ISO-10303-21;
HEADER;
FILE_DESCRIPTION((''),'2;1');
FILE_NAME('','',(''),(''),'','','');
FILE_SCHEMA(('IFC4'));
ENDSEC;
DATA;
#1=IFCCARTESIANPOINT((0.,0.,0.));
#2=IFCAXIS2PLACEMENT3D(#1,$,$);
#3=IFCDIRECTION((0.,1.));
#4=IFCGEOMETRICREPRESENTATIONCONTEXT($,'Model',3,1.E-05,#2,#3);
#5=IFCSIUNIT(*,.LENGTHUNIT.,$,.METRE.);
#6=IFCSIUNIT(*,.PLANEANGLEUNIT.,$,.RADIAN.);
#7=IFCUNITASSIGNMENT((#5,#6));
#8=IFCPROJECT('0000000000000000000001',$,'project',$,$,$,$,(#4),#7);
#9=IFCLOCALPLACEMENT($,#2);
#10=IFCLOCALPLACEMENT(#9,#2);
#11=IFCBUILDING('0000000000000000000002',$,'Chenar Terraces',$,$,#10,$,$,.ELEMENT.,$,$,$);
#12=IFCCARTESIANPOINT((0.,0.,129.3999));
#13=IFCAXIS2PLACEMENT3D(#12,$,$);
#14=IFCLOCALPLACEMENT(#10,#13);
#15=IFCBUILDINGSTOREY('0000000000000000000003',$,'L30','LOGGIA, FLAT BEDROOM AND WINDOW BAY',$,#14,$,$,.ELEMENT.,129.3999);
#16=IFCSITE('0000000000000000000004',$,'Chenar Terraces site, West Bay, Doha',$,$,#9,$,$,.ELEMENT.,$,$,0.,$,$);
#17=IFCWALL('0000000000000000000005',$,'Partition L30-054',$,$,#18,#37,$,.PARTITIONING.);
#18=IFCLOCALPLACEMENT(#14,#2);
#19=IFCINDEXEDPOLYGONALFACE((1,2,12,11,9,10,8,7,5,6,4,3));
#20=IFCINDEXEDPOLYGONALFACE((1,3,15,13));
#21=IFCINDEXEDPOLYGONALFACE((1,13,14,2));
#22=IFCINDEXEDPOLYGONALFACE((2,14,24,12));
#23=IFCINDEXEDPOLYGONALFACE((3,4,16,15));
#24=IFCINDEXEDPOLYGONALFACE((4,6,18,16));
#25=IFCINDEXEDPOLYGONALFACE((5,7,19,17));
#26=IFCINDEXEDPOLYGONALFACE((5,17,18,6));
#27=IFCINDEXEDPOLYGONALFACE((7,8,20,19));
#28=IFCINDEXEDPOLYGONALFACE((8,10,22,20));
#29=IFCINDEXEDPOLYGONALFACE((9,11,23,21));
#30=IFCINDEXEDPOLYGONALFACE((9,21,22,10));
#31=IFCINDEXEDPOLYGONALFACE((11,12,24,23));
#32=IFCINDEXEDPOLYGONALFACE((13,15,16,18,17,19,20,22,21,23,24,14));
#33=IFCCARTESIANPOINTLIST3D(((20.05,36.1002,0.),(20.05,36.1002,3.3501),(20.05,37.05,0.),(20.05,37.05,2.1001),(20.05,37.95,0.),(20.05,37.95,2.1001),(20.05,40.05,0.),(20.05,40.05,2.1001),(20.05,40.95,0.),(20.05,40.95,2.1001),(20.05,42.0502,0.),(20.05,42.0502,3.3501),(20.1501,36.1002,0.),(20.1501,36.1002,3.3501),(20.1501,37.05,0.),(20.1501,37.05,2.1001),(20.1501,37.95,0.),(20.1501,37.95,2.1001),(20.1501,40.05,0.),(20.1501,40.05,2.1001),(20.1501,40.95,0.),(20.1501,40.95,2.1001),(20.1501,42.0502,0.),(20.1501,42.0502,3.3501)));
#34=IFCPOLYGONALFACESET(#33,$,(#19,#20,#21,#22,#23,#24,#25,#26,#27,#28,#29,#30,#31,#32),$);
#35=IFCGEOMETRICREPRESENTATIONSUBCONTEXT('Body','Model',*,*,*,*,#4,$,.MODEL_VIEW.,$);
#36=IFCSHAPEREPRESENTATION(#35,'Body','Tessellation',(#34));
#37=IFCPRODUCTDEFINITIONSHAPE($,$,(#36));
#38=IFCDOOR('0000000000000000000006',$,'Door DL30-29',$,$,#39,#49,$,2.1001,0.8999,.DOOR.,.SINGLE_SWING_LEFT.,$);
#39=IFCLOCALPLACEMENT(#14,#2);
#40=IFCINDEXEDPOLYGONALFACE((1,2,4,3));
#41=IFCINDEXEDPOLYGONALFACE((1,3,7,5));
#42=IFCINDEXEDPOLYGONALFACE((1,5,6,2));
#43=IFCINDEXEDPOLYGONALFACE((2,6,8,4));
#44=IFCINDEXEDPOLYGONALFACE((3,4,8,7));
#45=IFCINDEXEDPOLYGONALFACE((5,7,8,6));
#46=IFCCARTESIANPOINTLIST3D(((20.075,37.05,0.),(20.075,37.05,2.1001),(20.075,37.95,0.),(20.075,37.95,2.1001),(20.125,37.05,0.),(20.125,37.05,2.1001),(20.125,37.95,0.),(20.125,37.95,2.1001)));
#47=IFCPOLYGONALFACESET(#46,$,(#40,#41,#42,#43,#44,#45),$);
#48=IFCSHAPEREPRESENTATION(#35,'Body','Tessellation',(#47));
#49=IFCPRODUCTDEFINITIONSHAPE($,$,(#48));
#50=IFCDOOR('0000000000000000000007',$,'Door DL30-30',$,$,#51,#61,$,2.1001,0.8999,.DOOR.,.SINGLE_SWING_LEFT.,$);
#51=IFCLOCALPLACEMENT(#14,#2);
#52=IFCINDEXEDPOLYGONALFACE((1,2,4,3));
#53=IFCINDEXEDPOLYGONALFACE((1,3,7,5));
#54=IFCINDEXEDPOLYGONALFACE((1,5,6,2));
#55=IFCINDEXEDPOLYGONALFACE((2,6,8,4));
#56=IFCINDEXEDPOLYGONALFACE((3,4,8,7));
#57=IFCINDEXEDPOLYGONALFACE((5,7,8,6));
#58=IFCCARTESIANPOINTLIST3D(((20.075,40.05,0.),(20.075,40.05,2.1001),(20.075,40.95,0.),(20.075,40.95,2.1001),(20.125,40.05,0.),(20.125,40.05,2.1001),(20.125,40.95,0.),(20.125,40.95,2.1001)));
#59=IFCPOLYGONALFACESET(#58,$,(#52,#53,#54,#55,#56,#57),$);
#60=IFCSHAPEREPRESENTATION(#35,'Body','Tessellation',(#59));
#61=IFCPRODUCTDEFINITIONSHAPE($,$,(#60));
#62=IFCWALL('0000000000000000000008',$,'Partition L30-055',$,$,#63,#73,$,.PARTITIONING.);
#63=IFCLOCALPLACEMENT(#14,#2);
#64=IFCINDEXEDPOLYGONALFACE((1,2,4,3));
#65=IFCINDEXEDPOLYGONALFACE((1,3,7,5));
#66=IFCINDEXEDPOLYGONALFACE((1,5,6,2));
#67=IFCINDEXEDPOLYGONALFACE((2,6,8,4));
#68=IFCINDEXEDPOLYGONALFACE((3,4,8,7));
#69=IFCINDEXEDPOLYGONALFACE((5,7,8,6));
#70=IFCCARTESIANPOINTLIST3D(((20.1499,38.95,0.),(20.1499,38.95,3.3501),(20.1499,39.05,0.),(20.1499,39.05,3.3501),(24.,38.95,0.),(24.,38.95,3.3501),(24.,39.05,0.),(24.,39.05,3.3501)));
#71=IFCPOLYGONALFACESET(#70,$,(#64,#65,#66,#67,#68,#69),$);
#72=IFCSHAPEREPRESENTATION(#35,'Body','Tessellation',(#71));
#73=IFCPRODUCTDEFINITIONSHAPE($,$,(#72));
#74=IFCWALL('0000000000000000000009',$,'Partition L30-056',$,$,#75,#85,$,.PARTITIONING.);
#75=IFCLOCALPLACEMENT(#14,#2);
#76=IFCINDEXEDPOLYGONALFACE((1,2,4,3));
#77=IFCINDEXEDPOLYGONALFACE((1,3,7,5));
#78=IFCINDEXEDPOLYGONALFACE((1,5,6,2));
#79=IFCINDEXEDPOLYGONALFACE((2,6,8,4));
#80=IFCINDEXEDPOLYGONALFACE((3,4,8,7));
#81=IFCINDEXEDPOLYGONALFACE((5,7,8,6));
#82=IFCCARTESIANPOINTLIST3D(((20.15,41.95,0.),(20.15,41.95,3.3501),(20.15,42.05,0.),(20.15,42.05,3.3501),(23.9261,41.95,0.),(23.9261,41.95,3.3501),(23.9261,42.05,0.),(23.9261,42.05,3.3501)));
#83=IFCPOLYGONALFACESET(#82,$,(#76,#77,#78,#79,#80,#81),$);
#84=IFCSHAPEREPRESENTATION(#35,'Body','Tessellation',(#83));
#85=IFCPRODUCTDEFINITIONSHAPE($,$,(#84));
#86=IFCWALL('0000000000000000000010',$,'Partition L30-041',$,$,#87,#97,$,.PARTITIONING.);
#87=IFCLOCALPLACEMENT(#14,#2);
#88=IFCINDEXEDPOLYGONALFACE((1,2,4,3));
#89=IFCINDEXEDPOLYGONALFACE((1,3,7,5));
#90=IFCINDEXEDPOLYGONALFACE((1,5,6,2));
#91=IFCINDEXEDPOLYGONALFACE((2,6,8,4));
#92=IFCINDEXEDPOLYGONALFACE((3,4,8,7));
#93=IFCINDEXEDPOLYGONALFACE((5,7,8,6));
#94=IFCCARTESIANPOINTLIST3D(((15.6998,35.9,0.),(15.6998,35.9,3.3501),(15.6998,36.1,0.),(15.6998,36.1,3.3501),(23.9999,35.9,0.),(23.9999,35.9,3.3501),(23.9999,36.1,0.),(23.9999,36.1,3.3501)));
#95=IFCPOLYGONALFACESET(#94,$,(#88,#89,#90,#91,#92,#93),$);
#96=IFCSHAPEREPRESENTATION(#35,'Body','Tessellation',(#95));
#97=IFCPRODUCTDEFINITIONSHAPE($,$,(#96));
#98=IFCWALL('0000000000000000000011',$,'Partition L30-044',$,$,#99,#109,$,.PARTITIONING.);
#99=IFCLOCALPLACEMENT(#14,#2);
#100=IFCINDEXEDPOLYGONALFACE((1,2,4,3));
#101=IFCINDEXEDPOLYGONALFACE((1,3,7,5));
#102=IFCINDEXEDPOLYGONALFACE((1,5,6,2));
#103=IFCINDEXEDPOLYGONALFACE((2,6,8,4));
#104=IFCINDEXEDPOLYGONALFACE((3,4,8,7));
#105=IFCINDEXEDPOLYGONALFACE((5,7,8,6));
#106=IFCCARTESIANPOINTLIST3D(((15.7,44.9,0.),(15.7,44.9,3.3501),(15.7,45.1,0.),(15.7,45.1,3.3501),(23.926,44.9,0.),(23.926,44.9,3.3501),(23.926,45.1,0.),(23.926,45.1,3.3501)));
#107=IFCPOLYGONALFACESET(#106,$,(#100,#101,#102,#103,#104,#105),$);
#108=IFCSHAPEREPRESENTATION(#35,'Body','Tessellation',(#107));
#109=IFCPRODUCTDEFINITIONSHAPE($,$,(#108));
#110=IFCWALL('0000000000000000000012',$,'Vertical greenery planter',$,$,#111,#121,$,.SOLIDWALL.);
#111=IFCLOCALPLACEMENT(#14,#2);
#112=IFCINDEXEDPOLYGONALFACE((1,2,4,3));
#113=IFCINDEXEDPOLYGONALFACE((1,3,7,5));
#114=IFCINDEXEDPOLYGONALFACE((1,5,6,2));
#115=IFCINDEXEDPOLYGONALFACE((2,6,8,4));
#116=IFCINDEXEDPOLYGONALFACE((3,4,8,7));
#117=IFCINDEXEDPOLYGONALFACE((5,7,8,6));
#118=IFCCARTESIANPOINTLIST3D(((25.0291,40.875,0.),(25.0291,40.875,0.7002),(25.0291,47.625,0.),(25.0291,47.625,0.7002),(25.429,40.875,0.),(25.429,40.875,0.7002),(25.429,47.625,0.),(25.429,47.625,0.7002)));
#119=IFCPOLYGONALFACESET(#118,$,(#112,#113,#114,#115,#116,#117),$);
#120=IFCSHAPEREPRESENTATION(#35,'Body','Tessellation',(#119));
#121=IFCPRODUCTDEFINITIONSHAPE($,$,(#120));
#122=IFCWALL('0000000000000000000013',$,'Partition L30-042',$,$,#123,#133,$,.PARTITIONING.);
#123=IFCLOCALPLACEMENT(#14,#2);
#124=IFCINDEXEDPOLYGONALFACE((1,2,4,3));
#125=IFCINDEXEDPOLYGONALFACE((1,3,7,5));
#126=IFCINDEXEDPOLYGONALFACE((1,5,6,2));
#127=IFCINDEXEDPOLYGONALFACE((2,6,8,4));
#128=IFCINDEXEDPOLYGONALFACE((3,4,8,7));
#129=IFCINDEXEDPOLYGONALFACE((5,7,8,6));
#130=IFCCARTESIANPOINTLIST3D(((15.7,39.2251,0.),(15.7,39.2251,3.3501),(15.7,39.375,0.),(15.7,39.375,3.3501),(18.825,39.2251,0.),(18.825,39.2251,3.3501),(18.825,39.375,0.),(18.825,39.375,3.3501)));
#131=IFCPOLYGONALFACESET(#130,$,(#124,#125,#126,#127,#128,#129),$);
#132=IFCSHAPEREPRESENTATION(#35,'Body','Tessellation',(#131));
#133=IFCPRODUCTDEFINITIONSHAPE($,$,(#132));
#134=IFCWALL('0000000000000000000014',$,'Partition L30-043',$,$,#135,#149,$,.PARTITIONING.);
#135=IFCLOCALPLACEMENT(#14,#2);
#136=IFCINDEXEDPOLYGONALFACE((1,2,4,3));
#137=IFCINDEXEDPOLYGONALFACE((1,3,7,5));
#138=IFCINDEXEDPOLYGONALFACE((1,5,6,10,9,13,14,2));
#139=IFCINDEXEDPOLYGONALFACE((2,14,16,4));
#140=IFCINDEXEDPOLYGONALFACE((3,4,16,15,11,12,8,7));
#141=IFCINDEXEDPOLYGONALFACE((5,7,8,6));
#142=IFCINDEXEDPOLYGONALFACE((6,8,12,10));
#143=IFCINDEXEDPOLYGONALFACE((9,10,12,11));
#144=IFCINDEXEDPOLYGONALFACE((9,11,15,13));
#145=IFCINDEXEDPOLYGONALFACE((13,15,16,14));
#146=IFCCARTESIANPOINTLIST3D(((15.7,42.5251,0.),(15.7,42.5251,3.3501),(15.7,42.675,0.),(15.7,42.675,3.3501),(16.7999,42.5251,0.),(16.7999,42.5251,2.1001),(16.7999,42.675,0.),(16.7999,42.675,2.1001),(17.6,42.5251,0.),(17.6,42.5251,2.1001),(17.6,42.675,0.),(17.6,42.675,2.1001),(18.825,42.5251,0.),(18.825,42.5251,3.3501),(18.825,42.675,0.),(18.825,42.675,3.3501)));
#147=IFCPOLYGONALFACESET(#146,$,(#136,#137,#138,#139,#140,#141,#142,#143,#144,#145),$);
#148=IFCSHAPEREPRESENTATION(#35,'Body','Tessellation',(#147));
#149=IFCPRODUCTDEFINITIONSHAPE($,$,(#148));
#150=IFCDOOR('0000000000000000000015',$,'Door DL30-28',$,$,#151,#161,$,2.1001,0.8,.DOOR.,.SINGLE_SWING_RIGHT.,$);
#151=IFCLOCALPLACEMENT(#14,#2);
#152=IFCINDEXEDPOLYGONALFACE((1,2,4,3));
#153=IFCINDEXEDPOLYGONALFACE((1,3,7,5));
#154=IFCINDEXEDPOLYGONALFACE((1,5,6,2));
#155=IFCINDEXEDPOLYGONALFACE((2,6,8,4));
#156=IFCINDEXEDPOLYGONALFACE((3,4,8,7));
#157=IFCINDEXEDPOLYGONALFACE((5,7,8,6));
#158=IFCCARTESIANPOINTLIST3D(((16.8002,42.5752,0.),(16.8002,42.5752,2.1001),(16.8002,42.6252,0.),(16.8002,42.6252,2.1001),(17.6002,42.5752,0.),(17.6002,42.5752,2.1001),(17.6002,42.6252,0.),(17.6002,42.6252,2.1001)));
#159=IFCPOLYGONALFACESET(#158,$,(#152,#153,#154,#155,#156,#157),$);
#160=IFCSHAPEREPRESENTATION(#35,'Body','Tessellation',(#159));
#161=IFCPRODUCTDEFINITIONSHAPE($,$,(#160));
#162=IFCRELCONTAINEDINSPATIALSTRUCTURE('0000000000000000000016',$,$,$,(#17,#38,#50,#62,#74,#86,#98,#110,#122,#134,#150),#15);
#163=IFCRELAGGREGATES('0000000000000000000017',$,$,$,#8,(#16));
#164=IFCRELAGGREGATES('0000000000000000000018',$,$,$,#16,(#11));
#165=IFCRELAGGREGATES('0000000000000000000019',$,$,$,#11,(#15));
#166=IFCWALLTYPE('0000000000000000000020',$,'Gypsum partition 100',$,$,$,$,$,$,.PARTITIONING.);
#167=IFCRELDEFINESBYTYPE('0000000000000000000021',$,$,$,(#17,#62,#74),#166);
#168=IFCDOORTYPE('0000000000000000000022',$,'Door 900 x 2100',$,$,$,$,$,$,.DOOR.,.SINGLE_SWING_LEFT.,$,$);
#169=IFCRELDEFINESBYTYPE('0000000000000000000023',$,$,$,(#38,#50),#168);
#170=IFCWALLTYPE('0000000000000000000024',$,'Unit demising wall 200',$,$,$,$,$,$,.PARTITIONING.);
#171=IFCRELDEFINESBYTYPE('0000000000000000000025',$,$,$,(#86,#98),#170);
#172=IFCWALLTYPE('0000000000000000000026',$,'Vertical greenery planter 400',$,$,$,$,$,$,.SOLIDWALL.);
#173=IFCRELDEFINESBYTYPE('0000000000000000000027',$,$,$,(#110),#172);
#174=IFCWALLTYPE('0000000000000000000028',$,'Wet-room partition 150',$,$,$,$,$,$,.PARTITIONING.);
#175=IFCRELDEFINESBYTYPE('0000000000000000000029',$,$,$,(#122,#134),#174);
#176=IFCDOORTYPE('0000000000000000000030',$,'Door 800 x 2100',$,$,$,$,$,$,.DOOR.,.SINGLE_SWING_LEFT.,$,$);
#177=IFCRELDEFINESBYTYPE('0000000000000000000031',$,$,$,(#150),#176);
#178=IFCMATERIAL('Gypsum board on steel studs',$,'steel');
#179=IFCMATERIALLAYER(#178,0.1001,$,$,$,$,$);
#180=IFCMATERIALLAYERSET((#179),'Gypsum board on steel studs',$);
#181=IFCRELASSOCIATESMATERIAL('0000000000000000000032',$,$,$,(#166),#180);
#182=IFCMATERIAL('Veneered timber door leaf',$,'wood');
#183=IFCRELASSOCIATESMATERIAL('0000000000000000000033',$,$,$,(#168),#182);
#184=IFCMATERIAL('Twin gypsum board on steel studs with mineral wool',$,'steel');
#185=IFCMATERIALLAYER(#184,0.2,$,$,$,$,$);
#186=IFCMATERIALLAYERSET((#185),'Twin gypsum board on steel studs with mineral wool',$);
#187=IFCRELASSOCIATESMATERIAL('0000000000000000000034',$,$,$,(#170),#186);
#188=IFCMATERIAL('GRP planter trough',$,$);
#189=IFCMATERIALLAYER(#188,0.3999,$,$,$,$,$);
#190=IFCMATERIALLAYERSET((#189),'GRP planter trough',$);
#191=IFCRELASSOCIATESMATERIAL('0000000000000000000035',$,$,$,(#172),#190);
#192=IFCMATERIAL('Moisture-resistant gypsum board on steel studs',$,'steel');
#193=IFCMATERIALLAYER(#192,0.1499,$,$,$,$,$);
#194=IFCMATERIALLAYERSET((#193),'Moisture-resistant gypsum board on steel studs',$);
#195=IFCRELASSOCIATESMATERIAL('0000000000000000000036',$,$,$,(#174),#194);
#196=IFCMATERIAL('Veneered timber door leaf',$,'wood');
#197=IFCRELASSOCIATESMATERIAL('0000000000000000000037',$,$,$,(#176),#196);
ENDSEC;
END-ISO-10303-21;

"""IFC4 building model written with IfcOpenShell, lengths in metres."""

from ifc_helpers import new_model, si_unit, direction, frame, frame_2d, origin, place, context, subcontext, project, spatial, rectangle, extrude, material, layer, layer_set, type_object, element, fill, save


model = new_model("IFC4")

# Units and contexts
model_context = context("Model", 3, precision=1e-05, world=origin(), true_north=direction((0.0, 1.0)))
body_context = subcontext(model_context, "Body", "Model", "MODEL_VIEW")
ifc_project = project(units=[si_unit("LENGTHUNIT", "METRE"), si_unit("PLANEANGLEUNIT", "RADIAN")], contexts=[model_context])

# Site, building, storey
site_placement = place(None, origin())
site = spatial("IfcSite", under=ifc_project, at=site_placement, Name="Chenar Terraces site, West Bay, Doha", CompositionType="ELEMENT", RefElevation=0.0)
building_placement = place(site_placement, origin())
building = spatial("IfcBuilding", under=site, at=building_placement, Name="Chenar Terraces", CompositionType="ELEMENT")
storey_placement = place(building_placement, frame((0.0, 0.0, 129.3999)))
storey = spatial("IfcBuildingStorey", under=building, at=storey_placement, Name="L30", Description="LOGGIA, FLAT BEDROOM AND WINDOW BAY", CompositionType="ELEMENT", Elevation=129.3999)

# Wall, openings, doors
ifc_material_1 = material(Name="Gypsum board on steel studs", Category="steel")
ifc_layer_1 = layer(ifc_material_1, 0.1001)
ifc_layer_set_1 = layer_set([ifc_layer_1], Name="Gypsum board on steel studs")
wall_type_1 = type_object("IfcWallType", Name="Gypsum partition 100", PredefinedType="PARTITIONING", material=ifc_layer_set_1)
wall_1_placement = place(storey_placement, frame((20.1001, 36.1001, 0.0), z_axis=(0.0, 0.0, 1.0), x_axis=(0.0, 1.0, 0.0)))
wall_1 = element("IfcWall", 1, at=wall_1_placement, inside=storey, type_object=wall_type_1, Name="Partition L30-054", PredefinedType="PARTITIONING", context=body_context, shape_type="SweptSolid", body=[
    extrude(rectangle(XDim=5.95, YDim=0.1001, at=frame_2d((2.9751, 0.0))), origin(), (0.0, 0.0, 1.0), 3.3501),
])
opening_1_placement = place(wall_1_placement, frame((0.95, 0.0, 0.0)))
opening_1 = element("IfcOpeningElement", 2, at=opening_1_placement, cuts=wall_1, PredefinedType="OPENING", context=body_context, shape_type="SweptSolid", body=[
    extrude(rectangle(XDim=0.8999, YDim=2.1001, at=frame_2d((0.45, 1.05))), frame((0.0, 0.0601, 0.0), z_axis=(0.0, -1.0, 0.0), x_axis=(1.0, 0.0, 0.0)), (0.0, 0.0, 1.0), 0.1201),
])
opening_2_placement = place(wall_1_placement, frame((3.95, 0.0, 0.0)))
opening_2 = element("IfcOpeningElement", 3, at=opening_2_placement, cuts=wall_1, PredefinedType="OPENING", context=body_context, shape_type="SweptSolid", body=[
    extrude(rectangle(XDim=0.8999, YDim=2.1001, at=frame_2d((0.45, 1.05))), frame((0.0, 0.0601, 0.0), z_axis=(0.0, -1.0, 0.0), x_axis=(1.0, 0.0, 0.0)), (0.0, 0.0, 1.0), 0.1201),
])
ifc_material_2 = material(Name="Veneered timber door leaf", Category="wood")
door_type_1 = type_object("IfcDoorType", Name="Door 900 x 2100", OperationType="SINGLE_SWING_LEFT", PredefinedType="DOOR", material=ifc_material_2)
door_1_placement = place(opening_1_placement, frame((0.8999, 0.0, 0.0), z_axis=(0.0, 0.0, 1.0), x_axis=(-1.0, 0.0, 0.0)))
door_1 = element("IfcDoor", 4, at=door_1_placement, inside=storey, type_object=door_type_1, Name="Door DL30-29", OperationType="SINGLE_SWING_LEFT", OverallHeight=2.1001, OverallWidth=0.8999, PredefinedType="DOOR", context=body_context, shape_type="SweptSolid", body=[
    extrude(rectangle(XDim=0.8999, YDim=2.1001, at=frame_2d((0.45, 1.05))), frame((0.0, 0.0249, 0.0), z_axis=(0.0, -1.0, 0.0), x_axis=(1.0, 0.0, 0.0)), (0.0, 0.0, 1.0), 0.05),
])
fill(opening_1, door_1)
door_2_placement = place(opening_2_placement, frame((0.8999, 0.0, 0.0), z_axis=(0.0, 0.0, 1.0), x_axis=(-1.0, 0.0, 0.0)))
door_2 = element("IfcDoor", 5, at=door_2_placement, inside=storey, type_object=door_type_1, Name="Door DL30-30", OperationType="SINGLE_SWING_LEFT", OverallHeight=2.1001, OverallWidth=0.8999, PredefinedType="DOOR", context=body_context, shape_type="SweptSolid", body=[
    extrude(rectangle(XDim=0.8999, YDim=2.1001, at=frame_2d((0.45, 1.05))), frame((0.0, 0.0249, 0.0), z_axis=(0.0, -1.0, 0.0), x_axis=(1.0, 0.0, 0.0)), (0.0, 0.0, 1.0), 0.05),
])
fill(opening_2, door_2)

# Walls
wall_2_placement = place(storey_placement, frame((20.1499, 39.0, 0.0), z_axis=(0.0, 0.0, 1.0), x_axis=(1.0, 0.0, 0.0)))
element("IfcWall", 6, at=wall_2_placement, inside=storey, type_object=wall_type_1, Name="Partition L30-055", PredefinedType="PARTITIONING", context=body_context, shape_type="SweptSolid", body=[
    extrude(rectangle(XDim=3.8501, YDim=0.1001, at=frame_2d((1.925, 0.0))), origin(), (0.0, 0.0, 1.0), 3.3501),
])
wall_3_placement = place(storey_placement, frame((20.1499, 42.0, 0.0), z_axis=(0.0, 0.0, 1.0), x_axis=(1.0, 0.0, 0.0)))
element("IfcWall", 7, at=wall_3_placement, inside=storey, type_object=wall_type_1, Name="Partition L30-056", PredefinedType="PARTITIONING", context=body_context, shape_type="SweptSolid", body=[
    extrude(rectangle(XDim=3.7761, YDim=0.1001, at=frame_2d((1.8882, 0.0))), origin(), (0.0, 0.0, 1.0), 3.3501),
])
ifc_material_3 = material(Name="Twin gypsum board on steel studs with mineral wool", Category="steel")
ifc_layer_2 = layer(ifc_material_3, 0.2)
ifc_layer_set_2 = layer_set([ifc_layer_2], Name="Twin gypsum board on steel studs with mineral wool")
wall_type_2 = type_object("IfcWallType", Name="Unit demising wall 200", PredefinedType="PARTITIONING", material=ifc_layer_set_2)
wall_4_placement = place(storey_placement, frame((15.7, 36.0, 0.0), z_axis=(0.0, 0.0, 1.0), x_axis=(1.0, 0.0, 0.0)))
element("IfcWall", 8, at=wall_4_placement, inside=storey, type_object=wall_type_2, Name="Partition L30-041", PredefinedType="PARTITIONING", context=body_context, shape_type="SweptSolid", body=[
    extrude(rectangle(XDim=8.3, YDim=0.2, at=frame_2d((4.1499, 0.0))), origin(), (0.0, 0.0, 1.0), 3.3501),
])
wall_5_placement = place(storey_placement, frame((15.7, 45.0, 0.0), z_axis=(0.0, 0.0, 1.0), x_axis=(1.0, 0.0, 0.0)))
element("IfcWall", 9, at=wall_5_placement, inside=storey, type_object=wall_type_2, Name="Partition L30-044", PredefinedType="PARTITIONING", context=body_context, shape_type="SweptSolid", body=[
    extrude(rectangle(XDim=8.2261, YDim=0.2, at=frame_2d((4.113, 0.0))), origin(), (0.0, 0.0, 1.0), 3.3501),
])
ifc_material_4 = material(Name="GRP planter trough")
ifc_layer_3 = layer(ifc_material_4, 0.3999)
ifc_layer_set_3 = layer_set([ifc_layer_3], Name="GRP planter trough")
wall_type_3 = type_object("IfcWallType", Name="Vertical greenery planter 400", PredefinedType="SOLIDWALL", material=ifc_layer_set_3)
wall_6_placement = place(storey_placement, frame((25.229, 40.875, 0.0), z_axis=(0.0, 0.0, 1.0), x_axis=(0.0, 1.0, 0.0)))
element("IfcWall", 10, at=wall_6_placement, inside=storey, type_object=wall_type_3, Name="Vertical greenery planter", PredefinedType="SOLIDWALL", context=body_context, shape_type="SweptSolid", body=[
    extrude(rectangle(XDim=6.75, YDim=0.3999, at=frame_2d((3.375, 0.0))), origin(), (0.0, 0.0, 1.0), 0.7002),
])
ifc_material_5 = material(Name="Moisture-resistant gypsum board on steel studs", Category="steel")
ifc_layer_4 = layer(ifc_material_5, 0.1499)
ifc_layer_set_4 = layer_set([ifc_layer_4], Name="Moisture-resistant gypsum board on steel studs")
wall_type_4 = type_object("IfcWallType", Name="Wet-room partition 150", PredefinedType="PARTITIONING", material=ifc_layer_set_4)
wall_7_placement = place(storey_placement, frame((15.7, 39.3, 0.0), z_axis=(0.0, 0.0, 1.0), x_axis=(1.0, 0.0, 0.0)))
element("IfcWall", 11, at=wall_7_placement, inside=storey, type_object=wall_type_4, Name="Partition L30-042", PredefinedType="PARTITIONING", context=body_context, shape_type="SweptSolid", body=[
    extrude(rectangle(XDim=3.125, YDim=0.1499, at=frame_2d((1.5625, 0.0))), origin(), (0.0, 0.0, 1.0), 3.3501),
])

# Wall, opening, door
wall_8_placement = place(storey_placement, frame((15.7, 42.6001, 0.0), z_axis=(0.0, 0.0, 1.0), x_axis=(1.0, 0.0, 0.0)))
wall_8 = element("IfcWall", 12, at=wall_8_placement, inside=storey, type_object=wall_type_4, Name="Partition L30-043", PredefinedType="PARTITIONING", context=body_context, shape_type="SweptSolid", body=[
    extrude(rectangle(XDim=3.125, YDim=0.1499, at=frame_2d((1.5625, 0.0))), origin(), (0.0, 0.0, 1.0), 3.3501),
])
opening_3_placement = place(wall_8_placement, frame((1.1001, 0.0, 0.0)))
opening_3 = element("IfcOpeningElement", 13, at=opening_3_placement, cuts=wall_8, PredefinedType="OPENING", context=body_context, shape_type="SweptSolid", body=[
    extrude(rectangle(XDim=0.8, YDim=2.1001, at=frame_2d((0.3999, 1.05))), frame((0.0, 0.085, 0.0), z_axis=(0.0, -1.0, 0.0), x_axis=(1.0, 0.0, 0.0)), (0.0, 0.0, 1.0), 0.1699),
])
ifc_material_6 = material(Name="Veneered timber door leaf", Category="wood")
door_type_2 = type_object("IfcDoorType", Name="Door 800 x 2100", OperationType="SINGLE_SWING_LEFT", PredefinedType="DOOR", material=ifc_material_6)
door_3_placement = place(opening_3_placement, frame((0.8, 0.0, 0.0), z_axis=(0.0, 0.0, 1.0), x_axis=(-1.0, 0.0, 0.0)))
door_3 = element("IfcDoor", 14, at=door_3_placement, inside=storey, type_object=door_type_2, Name="Door DL30-28", OperationType="SINGLE_SWING_RIGHT", OverallHeight=2.1001, OverallWidth=0.8, PredefinedType="DOOR", context=body_context, shape_type="SweptSolid", body=[
    extrude(rectangle(XDim=0.8, YDim=2.1001, at=frame_2d((0.3999, 1.05))), frame((0.0, 0.0249, 0.0), z_axis=(0.0, -1.0, 0.0), x_axis=(1.0, 0.0, 0.0)), (0.0, 0.0, 1.0), 0.05),
])
fill(opening_3, door_3)

save(model, "model.ifc")
